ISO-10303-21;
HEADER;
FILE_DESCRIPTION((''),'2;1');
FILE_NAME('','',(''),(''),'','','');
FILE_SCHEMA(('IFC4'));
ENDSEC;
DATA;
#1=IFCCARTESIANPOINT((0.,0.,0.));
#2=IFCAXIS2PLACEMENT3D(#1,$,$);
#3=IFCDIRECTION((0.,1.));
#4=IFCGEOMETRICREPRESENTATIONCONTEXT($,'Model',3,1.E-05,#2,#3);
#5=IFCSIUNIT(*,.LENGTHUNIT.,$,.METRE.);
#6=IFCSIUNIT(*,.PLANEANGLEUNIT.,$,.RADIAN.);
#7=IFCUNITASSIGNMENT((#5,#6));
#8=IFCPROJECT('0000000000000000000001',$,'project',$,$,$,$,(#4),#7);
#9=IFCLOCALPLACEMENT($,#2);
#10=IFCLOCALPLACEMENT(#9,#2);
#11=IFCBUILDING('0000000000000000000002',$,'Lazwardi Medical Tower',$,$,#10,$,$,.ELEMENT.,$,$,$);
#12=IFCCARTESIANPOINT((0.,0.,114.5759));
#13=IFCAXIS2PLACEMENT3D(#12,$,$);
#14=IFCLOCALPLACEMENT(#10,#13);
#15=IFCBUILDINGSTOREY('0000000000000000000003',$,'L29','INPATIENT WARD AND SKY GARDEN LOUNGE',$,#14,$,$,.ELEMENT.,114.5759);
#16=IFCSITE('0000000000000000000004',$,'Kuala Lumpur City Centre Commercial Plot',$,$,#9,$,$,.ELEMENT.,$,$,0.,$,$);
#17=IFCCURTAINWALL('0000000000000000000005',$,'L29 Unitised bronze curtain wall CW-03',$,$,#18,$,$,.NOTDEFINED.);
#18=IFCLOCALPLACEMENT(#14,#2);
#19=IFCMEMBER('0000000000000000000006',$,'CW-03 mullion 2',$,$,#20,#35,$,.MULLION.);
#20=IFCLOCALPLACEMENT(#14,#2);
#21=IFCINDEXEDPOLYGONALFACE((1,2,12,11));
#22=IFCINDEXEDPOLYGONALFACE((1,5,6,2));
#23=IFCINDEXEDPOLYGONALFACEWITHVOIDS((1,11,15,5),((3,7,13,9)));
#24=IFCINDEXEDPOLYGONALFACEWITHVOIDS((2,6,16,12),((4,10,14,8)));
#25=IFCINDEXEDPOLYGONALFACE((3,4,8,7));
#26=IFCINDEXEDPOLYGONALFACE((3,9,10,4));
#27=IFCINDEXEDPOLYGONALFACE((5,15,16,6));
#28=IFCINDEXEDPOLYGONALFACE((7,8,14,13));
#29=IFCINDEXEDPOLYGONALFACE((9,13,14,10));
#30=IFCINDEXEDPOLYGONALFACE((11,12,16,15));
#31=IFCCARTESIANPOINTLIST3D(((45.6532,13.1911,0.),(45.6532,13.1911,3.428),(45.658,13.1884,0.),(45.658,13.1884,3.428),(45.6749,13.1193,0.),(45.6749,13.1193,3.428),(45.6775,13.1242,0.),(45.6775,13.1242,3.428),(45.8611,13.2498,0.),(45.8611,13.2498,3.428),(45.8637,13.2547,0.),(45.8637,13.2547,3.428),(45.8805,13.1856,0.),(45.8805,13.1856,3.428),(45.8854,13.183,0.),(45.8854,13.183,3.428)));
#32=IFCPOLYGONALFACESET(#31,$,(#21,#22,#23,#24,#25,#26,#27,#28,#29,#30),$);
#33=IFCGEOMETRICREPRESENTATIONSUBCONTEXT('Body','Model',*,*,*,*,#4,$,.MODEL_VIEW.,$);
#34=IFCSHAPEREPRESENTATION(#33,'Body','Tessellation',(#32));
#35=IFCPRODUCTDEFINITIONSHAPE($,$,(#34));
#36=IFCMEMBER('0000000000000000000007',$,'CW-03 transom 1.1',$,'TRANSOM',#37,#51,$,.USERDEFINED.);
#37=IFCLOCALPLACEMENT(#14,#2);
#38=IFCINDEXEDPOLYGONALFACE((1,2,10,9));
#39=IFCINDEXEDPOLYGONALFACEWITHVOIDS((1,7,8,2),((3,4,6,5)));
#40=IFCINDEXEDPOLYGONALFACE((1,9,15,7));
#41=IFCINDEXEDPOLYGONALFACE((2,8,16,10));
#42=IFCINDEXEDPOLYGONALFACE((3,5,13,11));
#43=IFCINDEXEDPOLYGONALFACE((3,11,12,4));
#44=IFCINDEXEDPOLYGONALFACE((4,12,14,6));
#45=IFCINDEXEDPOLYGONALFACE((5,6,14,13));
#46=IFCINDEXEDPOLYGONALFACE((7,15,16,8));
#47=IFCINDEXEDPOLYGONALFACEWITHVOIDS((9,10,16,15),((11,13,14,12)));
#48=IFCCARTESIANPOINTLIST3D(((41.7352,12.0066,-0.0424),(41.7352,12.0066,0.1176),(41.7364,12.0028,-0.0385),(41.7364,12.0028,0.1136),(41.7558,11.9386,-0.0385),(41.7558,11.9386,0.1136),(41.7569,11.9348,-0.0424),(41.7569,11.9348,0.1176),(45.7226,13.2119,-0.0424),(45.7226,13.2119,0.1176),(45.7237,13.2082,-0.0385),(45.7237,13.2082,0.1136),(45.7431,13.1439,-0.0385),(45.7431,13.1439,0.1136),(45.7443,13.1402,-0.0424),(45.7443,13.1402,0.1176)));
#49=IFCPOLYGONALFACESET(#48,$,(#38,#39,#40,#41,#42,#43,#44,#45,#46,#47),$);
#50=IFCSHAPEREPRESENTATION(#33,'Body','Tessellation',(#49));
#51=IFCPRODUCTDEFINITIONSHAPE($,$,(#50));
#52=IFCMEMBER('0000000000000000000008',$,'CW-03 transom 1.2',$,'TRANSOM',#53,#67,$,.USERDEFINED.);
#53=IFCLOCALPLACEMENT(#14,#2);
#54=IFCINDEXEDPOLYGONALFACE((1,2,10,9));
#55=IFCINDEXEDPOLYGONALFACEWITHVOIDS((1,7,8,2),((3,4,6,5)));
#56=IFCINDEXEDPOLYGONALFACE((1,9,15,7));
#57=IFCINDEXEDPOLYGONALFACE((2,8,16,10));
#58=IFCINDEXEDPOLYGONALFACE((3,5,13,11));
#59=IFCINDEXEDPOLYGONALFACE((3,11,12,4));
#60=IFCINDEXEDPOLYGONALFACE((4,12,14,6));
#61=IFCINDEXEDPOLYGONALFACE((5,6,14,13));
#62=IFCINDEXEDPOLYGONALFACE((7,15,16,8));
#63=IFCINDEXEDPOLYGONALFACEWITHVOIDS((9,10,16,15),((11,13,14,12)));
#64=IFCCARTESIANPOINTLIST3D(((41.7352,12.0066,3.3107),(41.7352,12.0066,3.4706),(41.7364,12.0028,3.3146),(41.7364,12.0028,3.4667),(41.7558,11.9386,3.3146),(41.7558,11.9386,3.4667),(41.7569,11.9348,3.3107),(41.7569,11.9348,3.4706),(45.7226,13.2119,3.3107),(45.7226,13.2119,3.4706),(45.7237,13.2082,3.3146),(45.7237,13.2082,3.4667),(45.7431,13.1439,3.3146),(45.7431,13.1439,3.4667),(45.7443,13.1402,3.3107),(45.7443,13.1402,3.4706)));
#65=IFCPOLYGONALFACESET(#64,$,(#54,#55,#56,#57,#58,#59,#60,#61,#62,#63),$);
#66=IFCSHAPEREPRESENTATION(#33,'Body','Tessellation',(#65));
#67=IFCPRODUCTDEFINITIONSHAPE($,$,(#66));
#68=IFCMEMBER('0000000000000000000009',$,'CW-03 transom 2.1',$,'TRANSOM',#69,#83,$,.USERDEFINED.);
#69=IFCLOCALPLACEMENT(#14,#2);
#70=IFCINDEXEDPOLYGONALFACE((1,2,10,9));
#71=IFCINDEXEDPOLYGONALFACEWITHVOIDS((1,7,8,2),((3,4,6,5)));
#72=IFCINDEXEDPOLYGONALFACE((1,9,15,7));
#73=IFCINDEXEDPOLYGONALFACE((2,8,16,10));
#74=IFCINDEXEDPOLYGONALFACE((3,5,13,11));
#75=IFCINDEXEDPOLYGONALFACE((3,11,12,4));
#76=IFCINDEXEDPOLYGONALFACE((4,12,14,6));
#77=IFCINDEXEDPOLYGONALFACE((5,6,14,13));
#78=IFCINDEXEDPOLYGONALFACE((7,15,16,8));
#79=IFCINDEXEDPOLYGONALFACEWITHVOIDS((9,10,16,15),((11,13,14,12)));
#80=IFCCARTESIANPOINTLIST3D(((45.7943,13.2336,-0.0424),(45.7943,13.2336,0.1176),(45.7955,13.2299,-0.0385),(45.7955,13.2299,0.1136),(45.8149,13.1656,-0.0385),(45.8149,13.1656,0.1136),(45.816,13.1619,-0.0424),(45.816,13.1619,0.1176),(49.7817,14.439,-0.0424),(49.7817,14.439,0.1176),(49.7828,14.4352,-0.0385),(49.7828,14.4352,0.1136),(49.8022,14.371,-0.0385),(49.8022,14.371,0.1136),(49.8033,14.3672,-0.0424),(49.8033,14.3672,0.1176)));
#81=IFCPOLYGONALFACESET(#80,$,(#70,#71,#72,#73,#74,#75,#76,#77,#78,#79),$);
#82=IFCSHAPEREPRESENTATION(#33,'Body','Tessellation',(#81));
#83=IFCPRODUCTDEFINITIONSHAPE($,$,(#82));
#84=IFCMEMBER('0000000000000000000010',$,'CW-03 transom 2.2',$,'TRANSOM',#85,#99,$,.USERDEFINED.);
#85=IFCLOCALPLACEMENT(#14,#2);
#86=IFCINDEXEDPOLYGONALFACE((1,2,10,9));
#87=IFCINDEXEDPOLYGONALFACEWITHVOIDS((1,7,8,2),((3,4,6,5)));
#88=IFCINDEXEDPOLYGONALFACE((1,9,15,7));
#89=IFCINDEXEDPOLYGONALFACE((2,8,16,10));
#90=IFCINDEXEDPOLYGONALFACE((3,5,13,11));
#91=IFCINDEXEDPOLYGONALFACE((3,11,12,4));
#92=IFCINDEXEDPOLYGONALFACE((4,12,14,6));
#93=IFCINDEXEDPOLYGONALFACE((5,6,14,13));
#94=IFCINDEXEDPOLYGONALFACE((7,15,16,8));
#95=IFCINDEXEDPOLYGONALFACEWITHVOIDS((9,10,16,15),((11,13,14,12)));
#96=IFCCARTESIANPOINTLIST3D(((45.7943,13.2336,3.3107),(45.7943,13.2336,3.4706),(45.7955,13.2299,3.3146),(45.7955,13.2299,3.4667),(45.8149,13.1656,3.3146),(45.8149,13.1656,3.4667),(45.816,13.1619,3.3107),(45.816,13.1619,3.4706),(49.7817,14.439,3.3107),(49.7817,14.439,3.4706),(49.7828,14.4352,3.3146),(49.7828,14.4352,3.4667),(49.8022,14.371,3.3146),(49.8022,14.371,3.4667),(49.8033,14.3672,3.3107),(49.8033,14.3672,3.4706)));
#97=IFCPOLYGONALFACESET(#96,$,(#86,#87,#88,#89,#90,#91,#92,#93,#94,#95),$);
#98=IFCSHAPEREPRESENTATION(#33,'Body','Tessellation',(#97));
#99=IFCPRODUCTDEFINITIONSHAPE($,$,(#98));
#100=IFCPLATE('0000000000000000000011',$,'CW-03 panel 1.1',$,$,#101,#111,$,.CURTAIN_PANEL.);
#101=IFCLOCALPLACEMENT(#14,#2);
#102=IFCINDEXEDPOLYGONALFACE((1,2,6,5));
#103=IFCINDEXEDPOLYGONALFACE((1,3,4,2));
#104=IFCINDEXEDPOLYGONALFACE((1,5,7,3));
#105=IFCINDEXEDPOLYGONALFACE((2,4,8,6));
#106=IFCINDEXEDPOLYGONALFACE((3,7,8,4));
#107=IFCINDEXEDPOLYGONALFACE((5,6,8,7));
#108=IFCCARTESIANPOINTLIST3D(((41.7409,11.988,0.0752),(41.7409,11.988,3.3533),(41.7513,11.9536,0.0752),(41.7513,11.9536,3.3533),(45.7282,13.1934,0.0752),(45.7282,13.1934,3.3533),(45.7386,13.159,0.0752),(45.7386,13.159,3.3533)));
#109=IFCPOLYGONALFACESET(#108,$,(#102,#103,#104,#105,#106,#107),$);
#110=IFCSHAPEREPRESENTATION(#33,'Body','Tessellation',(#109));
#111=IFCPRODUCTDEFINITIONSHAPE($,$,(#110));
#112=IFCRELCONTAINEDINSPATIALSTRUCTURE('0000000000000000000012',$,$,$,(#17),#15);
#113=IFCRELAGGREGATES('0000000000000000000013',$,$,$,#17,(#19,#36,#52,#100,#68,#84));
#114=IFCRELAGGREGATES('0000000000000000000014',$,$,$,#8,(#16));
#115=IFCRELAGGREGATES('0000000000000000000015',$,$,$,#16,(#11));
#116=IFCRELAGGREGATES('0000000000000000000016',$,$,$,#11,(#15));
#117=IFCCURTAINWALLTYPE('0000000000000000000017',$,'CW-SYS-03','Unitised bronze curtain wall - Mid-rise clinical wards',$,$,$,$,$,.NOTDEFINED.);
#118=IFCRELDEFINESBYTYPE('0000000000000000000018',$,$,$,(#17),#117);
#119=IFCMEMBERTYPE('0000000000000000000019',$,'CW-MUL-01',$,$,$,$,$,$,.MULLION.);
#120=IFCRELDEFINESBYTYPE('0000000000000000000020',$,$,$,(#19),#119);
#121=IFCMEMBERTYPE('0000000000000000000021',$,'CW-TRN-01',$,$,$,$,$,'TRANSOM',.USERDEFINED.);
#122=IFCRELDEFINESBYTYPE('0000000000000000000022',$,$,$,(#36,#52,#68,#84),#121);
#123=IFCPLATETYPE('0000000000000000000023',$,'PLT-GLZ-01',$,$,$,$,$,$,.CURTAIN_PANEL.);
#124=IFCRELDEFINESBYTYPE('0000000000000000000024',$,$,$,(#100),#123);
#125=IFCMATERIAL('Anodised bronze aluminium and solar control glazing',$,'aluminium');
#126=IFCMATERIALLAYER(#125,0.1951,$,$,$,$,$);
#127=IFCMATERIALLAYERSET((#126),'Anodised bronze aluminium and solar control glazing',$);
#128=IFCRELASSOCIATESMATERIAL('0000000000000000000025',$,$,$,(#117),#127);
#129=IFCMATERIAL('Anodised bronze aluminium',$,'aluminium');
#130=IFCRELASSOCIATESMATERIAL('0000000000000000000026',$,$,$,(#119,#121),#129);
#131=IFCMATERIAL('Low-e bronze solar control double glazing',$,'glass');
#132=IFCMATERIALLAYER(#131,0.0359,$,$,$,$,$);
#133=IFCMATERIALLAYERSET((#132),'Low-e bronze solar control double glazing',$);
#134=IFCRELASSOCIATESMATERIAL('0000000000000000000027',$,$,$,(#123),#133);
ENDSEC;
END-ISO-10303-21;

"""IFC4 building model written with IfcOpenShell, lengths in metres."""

from ifc_helpers import new_model, si_unit, direction, frame, origin, origin_2d, place, context, subcontext, project, spatial, rectangle, hollow_rectangle, extrude, material, layer, layer_set, material_profile, profile_set, type_object, element, aggregate, save


model = new_model("IFC4")

# Units and contexts
model_context = context("Model", 3, precision=1e-05, world=origin(), true_north=direction((0.0, 1.0)))
body_context = subcontext(model_context, "Body", "Model", "MODEL_VIEW")
ifc_project = project(units=[si_unit("LENGTHUNIT", "METRE"), si_unit("PLANEANGLEUNIT", "RADIAN")], contexts=[model_context])

# Site, building, storey
site_placement = place(None, origin())
site = spatial("IfcSite", under=ifc_project, at=site_placement, Name="Kuala Lumpur City Centre Commercial Plot", CompositionType="ELEMENT", RefElevation=0.0)
building_placement = place(site_placement, origin())
building = spatial("IfcBuilding", under=site, at=building_placement, Name="Lazwardi Medical Tower", CompositionType="ELEMENT")
storey_placement = place(building_placement, frame((0.0, 0.0, 114.5759)))
storey = spatial("IfcBuildingStorey", under=building, at=storey_placement, Name="L29", Description="INPATIENT WARD AND SKY GARDEN LOUNGE", CompositionType="ELEMENT", Elevation=114.5759)

# Curtain wall, members, plate
ifc_material_1 = material(Name="Anodised bronze aluminium and solar control glazing", Category="aluminium")
ifc_layer_1 = layer(ifc_material_1, 0.1951)
ifc_layer_set_1 = layer_set([ifc_layer_1], Name="Anodised bronze aluminium and solar control glazing")
curtain_wall_type = type_object("IfcCurtainWallType", Name="CW-SYS-03", Description="Unitised bronze curtain wall - Mid-rise clinical wards", PredefinedType="NOTDEFINED", material=ifc_layer_set_1)
curtain_wall_placement = place(storey_placement, origin())
curtain_wall = element("IfcCurtainWall", 1, at=curtain_wall_placement, inside=storey, type_object=curtain_wall_type, Name="L29 Unitised bronze curtain wall CW-03", PredefinedType="NOTDEFINED")
ifc_material_2 = material(Name="Anodised bronze aluminium", Category="aluminium")
ifc_material_profile_1 = material_profile(ifc_material_2, hollow_rectangle(XDim=0.075, YDim=0.22, WallThickness=0.0039, at=origin_2d()), Name="ALU-MULLION 220x75x4")
ifc_profile_set_1 = profile_set([ifc_material_profile_1], Name="Anodised bronze aluminium")
member_type_1 = type_object("IfcMemberType", Name="CW-MUL-01", PredefinedType="MULLION", material=ifc_profile_set_1)
member_1_placement = place(storey_placement, frame((45.7693, 13.187, 0.0), z_axis=(0.0, 0.0, 1.0), x_axis=(-0.289374, 0.957216, 0.0)))
member_1 = element("IfcMember", 2, at=member_1_placement, type_object=member_type_1, Name="CW-03 mullion 2", PredefinedType="MULLION", context=body_context, shape_type="SweptSolid", body=[
    extrude(hollow_rectangle(XDim=0.075, YDim=0.22, WallThickness=0.0039, at=origin_2d()), origin(), (0.0, 0.0, 1.0), 3.428),
])
ifc_material_profile_2 = material_profile(ifc_material_2, hollow_rectangle(XDim=0.075, YDim=0.1599, WallThickness=0.0039, at=origin_2d()), Name="ALU-TRANSOM 160x75x4")
ifc_profile_set_2 = profile_set([ifc_material_profile_2], Name="Anodised bronze aluminium")
member_type_2 = type_object("IfcMemberType", Name="CW-TRN-01", ElementType="TRANSOM", PredefinedType="USERDEFINED", material=ifc_profile_set_2)
member_2_placement = place(storey_placement, frame((41.7461, 11.9707, 0.0376), z_axis=(0.957221, 0.289358, 0.0), x_axis=(-0.289358, 0.957221, 0.0)))
member_2 = element("IfcMember", 3, at=member_2_placement, type_object=member_type_2, Name="CW-03 transom 1.1", ObjectType="TRANSOM", PredefinedType="USERDEFINED", context=body_context, shape_type="SweptSolid", body=[
    extrude(hollow_rectangle(XDim=0.075, YDim=0.1599, WallThickness=0.0039, at=origin_2d()), origin(), (0.0, 0.0, 1.0), 4.1655),
])
member_3_placement = place(storey_placement, frame((41.7461, 11.9707, 3.3906), z_axis=(0.957221, 0.289358, 0.0), x_axis=(-0.289358, 0.957221, 0.0)))
member_3 = element("IfcMember", 4, at=member_3_placement, type_object=member_type_2, Name="CW-03 transom 1.2", ObjectType="TRANSOM", PredefinedType="USERDEFINED", context=body_context, shape_type="SweptSolid", body=[
    extrude(hollow_rectangle(XDim=0.075, YDim=0.1599, WallThickness=0.0039, at=origin_2d()), origin(), (0.0, 0.0, 1.0), 4.1655),
])
member_4_placement = place(storey_placement, frame((45.8052, 13.1978, 0.0376), z_axis=(0.957221, 0.289358, 0.0), x_axis=(-0.289358, 0.957221, 0.0)))
member_4 = element("IfcMember", 5, at=member_4_placement, type_object=member_type_2, Name="CW-03 transom 2.1", ObjectType="TRANSOM", PredefinedType="USERDEFINED", context=body_context, shape_type="SweptSolid", body=[
    extrude(hollow_rectangle(XDim=0.075, YDim=0.1599, WallThickness=0.0039, at=origin_2d()), origin(), (0.0, 0.0, 1.0), 4.1655),
])
member_5_placement = place(storey_placement, frame((45.8052, 13.1978, 3.3906), z_axis=(0.957221, 0.289358, 0.0), x_axis=(-0.289358, 0.957221, 0.0)))
member_5 = element("IfcMember", 6, at=member_5_placement, type_object=member_type_2, Name="CW-03 transom 2.2", ObjectType="TRANSOM", PredefinedType="USERDEFINED", context=body_context, shape_type="SweptSolid", body=[
    extrude(hollow_rectangle(XDim=0.075, YDim=0.1599, WallThickness=0.0039, at=origin_2d()), origin(), (0.0, 0.0, 1.0), 4.1655),
])
ifc_material_3 = material(Name="Low-e bronze solar control double glazing", Category="glass")
ifc_layer_2 = layer(ifc_material_3, 0.0359)
ifc_layer_set_2 = layer_set([ifc_layer_2], Name="Low-e bronze solar control double glazing")
plate_type = type_object("IfcPlateType", Name="PLT-GLZ-01", PredefinedType="CURTAIN_PANEL", material=ifc_layer_set_2)
plate_placement = place(storey_placement, frame((43.7397, 12.5735, 0.0752), z_axis=(0.0, 0.0, 1.0), x_axis=(0.957216, 0.289374, 0.0)))
plate = element("IfcPlate", 7, at=plate_placement, type_object=plate_type, Name="CW-03 panel 1.1", PredefinedType="CURTAIN_PANEL", context=body_context, shape_type="SweptSolid", body=[
    extrude(rectangle(XDim=4.1655, YDim=0.0359, at=origin_2d()), origin(), (0.0, 0.0, 1.0), 3.2781),
])
aggregate(curtain_wall, [member_1, member_2, member_3, plate, member_4, member_5])

save(model, "model.ifc")
